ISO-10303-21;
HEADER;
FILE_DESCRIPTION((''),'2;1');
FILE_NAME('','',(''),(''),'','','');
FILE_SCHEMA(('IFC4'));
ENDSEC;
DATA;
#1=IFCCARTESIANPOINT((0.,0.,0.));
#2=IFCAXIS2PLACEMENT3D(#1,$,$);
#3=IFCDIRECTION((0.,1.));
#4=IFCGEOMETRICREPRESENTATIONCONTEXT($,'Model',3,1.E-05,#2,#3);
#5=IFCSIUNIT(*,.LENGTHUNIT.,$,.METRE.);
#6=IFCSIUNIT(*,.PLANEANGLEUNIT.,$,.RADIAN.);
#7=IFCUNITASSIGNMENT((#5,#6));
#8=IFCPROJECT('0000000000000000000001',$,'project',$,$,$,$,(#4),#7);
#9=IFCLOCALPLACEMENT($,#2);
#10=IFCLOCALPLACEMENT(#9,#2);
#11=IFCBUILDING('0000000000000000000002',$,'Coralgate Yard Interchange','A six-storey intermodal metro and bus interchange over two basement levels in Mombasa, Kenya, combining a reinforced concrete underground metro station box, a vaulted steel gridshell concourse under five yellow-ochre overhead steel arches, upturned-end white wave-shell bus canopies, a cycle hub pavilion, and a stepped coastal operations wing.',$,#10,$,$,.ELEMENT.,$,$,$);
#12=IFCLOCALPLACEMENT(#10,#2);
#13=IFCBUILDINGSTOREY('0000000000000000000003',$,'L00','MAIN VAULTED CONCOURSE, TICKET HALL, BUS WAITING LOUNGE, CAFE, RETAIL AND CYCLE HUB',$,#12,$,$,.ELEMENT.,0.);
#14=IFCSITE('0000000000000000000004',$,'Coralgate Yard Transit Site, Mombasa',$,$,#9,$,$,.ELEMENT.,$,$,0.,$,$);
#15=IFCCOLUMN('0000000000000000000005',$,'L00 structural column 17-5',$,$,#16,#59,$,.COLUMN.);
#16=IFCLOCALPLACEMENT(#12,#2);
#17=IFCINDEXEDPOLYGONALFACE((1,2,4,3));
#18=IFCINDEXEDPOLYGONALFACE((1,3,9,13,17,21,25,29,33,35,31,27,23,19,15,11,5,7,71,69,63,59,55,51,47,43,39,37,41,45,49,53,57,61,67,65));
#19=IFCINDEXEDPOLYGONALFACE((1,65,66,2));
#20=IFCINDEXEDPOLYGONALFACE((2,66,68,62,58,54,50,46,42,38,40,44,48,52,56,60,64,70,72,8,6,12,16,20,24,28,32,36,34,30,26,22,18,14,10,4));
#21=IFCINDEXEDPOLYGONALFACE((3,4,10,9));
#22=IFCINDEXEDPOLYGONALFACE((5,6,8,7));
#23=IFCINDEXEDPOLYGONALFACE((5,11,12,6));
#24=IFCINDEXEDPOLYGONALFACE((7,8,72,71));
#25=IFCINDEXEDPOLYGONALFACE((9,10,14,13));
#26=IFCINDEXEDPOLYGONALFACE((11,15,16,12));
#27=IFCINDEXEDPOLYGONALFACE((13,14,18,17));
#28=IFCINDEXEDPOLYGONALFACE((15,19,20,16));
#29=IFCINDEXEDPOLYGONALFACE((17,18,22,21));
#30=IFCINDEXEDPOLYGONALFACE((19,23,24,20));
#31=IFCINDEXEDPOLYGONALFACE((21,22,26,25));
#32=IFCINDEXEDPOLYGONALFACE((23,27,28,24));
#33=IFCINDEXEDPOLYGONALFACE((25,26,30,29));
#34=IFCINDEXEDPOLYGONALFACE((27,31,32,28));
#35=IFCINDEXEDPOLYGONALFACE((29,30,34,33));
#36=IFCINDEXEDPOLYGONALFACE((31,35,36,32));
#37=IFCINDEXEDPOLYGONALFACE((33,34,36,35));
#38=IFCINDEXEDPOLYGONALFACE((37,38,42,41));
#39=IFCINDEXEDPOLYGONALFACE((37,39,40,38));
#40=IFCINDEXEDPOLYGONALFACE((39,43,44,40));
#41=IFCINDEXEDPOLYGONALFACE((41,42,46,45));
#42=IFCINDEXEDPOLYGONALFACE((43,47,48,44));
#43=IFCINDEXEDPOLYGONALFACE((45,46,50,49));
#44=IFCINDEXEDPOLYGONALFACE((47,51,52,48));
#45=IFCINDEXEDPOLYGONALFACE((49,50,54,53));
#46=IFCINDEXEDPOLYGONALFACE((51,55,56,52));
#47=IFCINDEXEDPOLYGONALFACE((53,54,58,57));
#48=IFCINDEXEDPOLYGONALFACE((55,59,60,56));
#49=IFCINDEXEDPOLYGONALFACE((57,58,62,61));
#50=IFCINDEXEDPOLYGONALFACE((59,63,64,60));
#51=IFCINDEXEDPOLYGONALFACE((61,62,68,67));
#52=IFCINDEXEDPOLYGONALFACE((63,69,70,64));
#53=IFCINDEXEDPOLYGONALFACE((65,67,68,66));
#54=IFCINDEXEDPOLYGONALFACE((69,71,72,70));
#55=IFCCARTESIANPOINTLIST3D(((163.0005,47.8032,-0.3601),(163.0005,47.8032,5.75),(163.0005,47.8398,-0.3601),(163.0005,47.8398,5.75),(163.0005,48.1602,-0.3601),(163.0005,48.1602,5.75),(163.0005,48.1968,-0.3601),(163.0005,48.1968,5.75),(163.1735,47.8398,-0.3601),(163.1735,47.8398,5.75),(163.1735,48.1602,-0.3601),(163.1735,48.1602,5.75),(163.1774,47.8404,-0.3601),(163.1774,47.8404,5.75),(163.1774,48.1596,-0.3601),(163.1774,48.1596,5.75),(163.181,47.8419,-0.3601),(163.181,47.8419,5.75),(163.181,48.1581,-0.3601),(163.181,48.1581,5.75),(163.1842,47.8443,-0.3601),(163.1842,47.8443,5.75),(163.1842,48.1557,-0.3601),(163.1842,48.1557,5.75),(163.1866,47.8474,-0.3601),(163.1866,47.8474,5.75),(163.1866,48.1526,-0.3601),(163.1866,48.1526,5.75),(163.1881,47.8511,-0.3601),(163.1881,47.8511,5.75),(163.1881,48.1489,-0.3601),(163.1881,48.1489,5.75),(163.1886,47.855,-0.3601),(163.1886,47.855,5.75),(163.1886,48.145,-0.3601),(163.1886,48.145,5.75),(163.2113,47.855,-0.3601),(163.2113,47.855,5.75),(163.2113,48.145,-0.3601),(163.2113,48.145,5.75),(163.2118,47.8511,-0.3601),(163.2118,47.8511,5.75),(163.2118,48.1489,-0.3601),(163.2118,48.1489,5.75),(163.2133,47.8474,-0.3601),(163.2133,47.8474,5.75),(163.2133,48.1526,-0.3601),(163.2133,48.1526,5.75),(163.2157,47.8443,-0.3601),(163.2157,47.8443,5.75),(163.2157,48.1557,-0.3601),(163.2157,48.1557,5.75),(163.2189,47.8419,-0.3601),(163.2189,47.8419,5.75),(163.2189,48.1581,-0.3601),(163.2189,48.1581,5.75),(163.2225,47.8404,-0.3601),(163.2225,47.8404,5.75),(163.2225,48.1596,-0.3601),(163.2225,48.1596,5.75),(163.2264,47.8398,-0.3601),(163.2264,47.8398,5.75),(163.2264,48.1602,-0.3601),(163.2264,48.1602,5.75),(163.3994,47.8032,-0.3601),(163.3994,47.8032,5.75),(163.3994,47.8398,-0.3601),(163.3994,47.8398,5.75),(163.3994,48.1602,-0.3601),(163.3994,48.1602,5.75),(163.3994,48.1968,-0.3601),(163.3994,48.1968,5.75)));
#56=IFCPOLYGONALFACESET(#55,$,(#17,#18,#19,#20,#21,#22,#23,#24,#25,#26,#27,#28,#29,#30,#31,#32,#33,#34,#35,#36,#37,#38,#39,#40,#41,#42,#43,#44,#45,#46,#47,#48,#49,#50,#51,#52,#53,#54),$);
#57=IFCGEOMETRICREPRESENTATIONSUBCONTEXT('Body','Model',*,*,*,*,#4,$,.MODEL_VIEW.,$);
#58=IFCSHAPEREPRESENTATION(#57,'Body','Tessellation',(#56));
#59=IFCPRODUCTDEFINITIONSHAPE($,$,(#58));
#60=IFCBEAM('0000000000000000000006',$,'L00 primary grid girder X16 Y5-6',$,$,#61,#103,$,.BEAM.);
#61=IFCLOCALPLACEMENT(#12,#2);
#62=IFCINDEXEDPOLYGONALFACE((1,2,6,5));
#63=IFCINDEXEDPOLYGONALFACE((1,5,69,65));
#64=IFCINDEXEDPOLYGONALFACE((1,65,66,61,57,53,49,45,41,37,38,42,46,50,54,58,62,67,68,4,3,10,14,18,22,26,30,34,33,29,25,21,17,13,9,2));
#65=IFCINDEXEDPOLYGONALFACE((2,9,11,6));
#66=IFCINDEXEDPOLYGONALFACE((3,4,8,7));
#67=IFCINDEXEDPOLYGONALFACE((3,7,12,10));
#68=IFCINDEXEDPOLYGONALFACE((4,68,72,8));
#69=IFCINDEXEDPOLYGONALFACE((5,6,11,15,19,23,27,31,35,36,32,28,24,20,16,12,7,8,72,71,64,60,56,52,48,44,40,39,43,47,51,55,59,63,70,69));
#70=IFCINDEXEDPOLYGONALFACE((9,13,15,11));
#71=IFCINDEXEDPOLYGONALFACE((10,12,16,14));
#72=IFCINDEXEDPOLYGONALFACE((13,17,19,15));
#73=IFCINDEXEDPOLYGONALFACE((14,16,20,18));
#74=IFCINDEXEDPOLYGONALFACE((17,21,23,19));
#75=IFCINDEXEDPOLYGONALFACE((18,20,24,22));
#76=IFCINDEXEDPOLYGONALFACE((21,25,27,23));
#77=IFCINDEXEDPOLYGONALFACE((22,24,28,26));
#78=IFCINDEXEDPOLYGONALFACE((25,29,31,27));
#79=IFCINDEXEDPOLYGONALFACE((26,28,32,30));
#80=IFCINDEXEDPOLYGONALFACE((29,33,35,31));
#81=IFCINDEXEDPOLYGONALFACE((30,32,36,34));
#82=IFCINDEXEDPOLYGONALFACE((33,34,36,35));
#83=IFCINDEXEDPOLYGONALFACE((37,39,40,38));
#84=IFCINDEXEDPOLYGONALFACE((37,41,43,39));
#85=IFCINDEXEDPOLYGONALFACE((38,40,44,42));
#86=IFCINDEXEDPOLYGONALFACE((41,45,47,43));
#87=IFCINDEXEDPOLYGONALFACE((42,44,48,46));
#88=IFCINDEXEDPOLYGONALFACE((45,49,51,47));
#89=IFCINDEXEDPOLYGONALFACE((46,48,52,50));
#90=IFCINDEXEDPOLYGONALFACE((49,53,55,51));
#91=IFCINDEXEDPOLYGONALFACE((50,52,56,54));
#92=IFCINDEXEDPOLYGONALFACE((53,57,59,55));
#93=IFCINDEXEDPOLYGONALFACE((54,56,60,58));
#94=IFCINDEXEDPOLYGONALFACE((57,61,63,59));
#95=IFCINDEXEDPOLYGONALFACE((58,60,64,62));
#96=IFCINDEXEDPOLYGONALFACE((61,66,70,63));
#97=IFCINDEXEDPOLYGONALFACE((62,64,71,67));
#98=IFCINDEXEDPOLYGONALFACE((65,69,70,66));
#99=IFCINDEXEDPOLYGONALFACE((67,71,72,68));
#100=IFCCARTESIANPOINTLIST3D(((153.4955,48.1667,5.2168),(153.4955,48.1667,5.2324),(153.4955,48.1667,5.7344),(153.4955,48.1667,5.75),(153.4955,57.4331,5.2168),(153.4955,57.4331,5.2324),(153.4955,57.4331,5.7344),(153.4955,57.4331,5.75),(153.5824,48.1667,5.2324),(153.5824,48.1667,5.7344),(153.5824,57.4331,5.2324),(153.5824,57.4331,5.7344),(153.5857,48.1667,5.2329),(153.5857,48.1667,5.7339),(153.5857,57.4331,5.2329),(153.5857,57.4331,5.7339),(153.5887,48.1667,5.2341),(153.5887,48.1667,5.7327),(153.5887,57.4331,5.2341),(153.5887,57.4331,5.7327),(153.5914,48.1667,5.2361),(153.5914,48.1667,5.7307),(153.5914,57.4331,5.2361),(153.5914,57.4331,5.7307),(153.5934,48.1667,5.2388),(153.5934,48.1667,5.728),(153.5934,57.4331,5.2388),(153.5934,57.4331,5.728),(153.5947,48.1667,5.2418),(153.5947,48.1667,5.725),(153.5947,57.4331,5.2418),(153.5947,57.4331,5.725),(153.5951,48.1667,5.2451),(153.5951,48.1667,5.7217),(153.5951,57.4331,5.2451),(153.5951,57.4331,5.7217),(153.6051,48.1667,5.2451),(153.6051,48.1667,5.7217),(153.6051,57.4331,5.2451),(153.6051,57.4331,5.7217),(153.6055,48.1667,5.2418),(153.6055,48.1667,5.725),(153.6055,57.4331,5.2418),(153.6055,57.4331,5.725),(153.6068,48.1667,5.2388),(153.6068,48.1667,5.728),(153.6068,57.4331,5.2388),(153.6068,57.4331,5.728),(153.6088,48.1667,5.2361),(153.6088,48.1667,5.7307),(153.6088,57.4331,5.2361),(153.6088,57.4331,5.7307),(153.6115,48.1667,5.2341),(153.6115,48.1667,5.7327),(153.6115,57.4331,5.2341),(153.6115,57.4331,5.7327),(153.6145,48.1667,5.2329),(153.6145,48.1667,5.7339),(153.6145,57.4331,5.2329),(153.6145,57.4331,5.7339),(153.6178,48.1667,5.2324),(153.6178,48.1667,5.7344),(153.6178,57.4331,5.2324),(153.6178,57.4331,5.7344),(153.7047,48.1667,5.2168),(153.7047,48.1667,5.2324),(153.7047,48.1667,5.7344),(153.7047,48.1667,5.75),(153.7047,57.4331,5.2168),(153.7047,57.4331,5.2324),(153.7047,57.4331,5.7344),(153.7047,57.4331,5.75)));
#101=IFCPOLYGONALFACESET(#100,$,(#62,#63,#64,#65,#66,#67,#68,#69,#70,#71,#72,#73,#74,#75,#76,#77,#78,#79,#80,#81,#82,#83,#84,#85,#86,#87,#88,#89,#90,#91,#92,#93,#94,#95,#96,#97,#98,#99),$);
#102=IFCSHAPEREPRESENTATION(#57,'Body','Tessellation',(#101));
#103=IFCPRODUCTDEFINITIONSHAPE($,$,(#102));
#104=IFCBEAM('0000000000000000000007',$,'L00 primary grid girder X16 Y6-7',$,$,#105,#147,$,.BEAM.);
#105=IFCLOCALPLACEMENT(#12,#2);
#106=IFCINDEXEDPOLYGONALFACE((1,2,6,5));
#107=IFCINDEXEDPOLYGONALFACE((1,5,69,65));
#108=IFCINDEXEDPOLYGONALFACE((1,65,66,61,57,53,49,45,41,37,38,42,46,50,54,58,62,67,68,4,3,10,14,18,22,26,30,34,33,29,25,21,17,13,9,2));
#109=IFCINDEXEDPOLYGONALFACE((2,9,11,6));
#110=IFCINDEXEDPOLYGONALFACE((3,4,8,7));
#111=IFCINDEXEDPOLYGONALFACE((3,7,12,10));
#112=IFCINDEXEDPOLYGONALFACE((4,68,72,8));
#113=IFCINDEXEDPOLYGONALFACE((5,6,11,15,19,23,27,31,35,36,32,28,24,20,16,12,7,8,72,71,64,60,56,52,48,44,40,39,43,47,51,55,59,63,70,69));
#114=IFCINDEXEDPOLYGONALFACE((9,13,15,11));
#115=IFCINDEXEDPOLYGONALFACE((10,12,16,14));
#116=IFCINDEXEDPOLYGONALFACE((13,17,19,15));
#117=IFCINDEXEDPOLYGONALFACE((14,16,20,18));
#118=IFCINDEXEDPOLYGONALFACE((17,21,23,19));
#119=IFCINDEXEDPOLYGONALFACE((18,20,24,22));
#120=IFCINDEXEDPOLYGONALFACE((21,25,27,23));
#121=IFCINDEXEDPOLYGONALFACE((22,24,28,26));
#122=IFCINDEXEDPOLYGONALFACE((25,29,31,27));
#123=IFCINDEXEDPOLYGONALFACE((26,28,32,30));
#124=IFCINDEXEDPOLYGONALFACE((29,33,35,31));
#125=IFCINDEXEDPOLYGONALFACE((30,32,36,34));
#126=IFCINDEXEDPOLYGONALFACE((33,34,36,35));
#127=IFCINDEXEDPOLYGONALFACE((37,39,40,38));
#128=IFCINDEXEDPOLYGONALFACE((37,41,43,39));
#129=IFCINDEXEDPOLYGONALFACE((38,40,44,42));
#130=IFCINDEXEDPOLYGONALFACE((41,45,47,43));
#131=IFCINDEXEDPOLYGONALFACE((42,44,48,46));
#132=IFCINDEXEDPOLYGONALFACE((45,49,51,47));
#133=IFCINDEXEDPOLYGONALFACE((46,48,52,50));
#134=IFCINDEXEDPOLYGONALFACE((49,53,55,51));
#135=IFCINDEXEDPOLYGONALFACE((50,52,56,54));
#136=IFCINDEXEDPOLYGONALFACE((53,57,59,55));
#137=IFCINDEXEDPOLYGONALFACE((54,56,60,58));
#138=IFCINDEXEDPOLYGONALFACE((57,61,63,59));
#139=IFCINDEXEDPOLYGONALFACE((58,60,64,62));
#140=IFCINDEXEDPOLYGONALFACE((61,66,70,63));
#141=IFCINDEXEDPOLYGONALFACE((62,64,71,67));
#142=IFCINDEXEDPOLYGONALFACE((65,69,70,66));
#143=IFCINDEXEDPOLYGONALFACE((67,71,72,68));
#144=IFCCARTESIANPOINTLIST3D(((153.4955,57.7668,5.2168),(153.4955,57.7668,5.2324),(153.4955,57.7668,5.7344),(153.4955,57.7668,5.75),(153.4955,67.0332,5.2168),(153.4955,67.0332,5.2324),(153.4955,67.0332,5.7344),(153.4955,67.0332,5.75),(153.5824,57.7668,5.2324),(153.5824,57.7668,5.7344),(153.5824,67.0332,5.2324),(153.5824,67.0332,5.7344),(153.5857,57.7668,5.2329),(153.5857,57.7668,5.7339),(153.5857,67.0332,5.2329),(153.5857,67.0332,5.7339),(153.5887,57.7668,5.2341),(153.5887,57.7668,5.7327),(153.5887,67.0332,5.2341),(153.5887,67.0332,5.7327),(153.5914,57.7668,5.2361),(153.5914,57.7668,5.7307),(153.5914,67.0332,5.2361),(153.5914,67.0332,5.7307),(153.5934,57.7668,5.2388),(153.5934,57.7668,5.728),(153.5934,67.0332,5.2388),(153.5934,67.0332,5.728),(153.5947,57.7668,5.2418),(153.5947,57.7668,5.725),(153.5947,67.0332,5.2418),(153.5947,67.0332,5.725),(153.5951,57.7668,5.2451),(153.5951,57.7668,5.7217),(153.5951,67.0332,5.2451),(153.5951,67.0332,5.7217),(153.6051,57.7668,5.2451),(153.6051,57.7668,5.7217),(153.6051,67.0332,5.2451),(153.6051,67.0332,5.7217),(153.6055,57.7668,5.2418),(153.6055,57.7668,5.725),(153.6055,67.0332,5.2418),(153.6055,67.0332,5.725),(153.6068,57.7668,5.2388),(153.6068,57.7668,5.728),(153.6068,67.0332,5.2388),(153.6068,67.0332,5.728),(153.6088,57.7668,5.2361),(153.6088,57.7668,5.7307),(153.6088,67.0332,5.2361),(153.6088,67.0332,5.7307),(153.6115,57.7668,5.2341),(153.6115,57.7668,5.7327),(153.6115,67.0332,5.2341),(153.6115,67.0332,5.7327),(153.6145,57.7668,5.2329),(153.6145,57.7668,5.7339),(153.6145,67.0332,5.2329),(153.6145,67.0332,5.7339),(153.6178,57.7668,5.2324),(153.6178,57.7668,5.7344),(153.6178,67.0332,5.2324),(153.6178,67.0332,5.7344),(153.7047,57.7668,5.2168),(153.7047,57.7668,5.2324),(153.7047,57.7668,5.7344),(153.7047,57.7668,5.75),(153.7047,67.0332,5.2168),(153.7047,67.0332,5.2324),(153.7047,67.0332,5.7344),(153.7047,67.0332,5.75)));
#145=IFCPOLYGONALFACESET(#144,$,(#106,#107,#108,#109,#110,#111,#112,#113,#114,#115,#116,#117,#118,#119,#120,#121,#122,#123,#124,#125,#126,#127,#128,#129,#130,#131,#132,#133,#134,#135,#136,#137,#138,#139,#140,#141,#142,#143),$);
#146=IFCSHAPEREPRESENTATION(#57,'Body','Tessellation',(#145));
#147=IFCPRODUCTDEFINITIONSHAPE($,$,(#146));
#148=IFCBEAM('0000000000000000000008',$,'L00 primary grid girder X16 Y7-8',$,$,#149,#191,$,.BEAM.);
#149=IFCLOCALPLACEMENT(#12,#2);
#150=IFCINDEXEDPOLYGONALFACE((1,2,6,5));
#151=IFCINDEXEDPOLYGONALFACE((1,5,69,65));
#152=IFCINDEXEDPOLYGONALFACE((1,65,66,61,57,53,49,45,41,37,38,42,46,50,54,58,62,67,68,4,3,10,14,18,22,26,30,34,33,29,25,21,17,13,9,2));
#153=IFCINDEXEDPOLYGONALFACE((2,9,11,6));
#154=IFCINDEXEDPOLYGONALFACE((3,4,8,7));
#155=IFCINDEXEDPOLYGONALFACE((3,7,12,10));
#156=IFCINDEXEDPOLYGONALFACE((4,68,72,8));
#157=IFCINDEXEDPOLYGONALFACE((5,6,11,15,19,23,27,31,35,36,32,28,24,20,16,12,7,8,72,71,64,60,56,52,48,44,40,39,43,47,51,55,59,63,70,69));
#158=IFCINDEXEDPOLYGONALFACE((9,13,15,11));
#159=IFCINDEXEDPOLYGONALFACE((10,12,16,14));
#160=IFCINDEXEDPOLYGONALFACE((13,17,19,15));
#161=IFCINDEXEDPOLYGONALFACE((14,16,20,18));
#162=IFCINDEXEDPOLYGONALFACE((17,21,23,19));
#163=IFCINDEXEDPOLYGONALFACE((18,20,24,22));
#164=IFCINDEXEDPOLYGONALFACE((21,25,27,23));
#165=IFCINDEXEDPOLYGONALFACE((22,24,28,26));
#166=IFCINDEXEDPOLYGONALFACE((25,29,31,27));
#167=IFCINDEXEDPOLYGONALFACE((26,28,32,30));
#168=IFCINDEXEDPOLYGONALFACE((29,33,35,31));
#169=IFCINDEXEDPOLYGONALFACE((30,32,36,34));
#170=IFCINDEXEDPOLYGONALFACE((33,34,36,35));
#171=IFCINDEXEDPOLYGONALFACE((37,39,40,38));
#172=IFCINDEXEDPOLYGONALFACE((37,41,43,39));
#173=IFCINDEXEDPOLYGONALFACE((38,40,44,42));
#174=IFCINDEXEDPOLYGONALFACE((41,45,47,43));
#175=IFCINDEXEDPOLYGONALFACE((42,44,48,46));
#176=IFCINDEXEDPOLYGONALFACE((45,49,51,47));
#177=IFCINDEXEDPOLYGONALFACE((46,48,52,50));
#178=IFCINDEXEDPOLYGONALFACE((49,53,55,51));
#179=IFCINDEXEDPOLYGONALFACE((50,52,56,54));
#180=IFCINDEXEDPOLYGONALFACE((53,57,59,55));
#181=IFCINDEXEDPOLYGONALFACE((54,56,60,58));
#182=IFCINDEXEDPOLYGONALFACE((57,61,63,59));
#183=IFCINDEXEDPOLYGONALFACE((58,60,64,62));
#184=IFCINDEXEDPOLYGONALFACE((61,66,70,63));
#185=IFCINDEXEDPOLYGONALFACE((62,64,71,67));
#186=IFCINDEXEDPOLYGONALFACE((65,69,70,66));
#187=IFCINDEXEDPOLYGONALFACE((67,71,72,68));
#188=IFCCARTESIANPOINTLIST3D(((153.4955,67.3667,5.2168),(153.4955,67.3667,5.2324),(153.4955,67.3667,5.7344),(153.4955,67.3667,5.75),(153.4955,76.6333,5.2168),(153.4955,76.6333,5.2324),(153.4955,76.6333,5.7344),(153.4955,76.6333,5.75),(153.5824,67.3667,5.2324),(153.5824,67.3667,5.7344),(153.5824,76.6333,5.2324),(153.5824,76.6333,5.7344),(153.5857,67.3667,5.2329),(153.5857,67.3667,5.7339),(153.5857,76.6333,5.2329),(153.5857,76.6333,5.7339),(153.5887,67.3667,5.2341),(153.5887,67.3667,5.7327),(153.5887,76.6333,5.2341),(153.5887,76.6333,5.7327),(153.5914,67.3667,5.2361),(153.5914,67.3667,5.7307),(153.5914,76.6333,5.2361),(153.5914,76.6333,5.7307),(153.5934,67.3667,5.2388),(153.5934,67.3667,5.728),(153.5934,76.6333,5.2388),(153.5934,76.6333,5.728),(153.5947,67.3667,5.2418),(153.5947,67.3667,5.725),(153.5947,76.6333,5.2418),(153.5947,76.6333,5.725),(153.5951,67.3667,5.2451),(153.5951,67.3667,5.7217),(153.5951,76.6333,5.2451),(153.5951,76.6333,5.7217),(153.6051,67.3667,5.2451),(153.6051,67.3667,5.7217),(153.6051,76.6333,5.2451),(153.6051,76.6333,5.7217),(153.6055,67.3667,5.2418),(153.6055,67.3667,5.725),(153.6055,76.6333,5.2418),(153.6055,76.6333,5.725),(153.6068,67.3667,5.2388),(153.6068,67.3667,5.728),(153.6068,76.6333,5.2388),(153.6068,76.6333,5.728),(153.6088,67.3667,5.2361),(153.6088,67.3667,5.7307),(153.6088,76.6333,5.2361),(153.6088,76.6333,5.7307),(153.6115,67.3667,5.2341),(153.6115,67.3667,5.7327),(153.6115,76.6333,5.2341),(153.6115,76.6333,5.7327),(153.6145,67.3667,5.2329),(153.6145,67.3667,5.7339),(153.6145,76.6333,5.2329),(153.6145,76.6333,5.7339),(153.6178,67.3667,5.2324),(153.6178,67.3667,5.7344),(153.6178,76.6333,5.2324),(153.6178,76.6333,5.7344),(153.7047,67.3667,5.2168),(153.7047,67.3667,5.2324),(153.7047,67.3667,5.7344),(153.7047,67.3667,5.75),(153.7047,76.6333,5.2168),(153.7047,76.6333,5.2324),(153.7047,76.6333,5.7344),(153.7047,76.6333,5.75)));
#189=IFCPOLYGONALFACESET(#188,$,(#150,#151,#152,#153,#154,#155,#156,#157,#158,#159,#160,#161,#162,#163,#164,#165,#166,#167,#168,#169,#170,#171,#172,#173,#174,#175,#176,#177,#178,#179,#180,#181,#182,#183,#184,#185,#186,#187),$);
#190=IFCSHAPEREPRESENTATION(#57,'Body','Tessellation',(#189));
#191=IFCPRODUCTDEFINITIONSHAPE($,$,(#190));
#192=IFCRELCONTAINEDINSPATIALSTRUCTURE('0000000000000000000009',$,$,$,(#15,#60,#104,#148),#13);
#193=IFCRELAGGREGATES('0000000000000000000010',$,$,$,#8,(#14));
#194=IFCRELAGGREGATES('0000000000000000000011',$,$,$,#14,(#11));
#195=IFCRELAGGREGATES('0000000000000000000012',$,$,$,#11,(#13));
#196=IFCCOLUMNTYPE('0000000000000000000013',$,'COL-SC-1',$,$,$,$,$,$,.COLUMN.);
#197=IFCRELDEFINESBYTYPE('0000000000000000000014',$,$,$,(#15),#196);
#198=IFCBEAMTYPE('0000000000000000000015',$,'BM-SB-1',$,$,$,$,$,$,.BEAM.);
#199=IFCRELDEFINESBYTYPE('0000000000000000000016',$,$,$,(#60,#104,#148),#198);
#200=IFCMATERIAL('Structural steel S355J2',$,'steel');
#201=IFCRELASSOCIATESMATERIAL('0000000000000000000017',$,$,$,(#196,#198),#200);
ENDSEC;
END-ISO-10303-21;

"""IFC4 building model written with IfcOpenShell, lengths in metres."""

from ifc_helpers import new_model, si_unit, direction, frame, origin, origin_2d, place, context, subcontext, project, spatial, i_section, extrude, material, material_profile, profile_set, type_object, element, save


model = new_model("IFC4")

# Units and contexts
model_context = context("Model", 3, precision=1e-05, world=origin(), true_north=direction((0.0, 1.0)))
body_context = subcontext(model_context, "Body", "Model", "MODEL_VIEW")
ifc_project = project(units=[si_unit("LENGTHUNIT", "METRE"), si_unit("PLANEANGLEUNIT", "RADIAN")], contexts=[model_context])

# Site, building, storey
site_placement = place(None, origin())
site = spatial("IfcSite", under=ifc_project, at=site_placement, Name="Coralgate Yard Transit Site, Mombasa", CompositionType="ELEMENT", RefElevation=0.0)
building_placement = place(site_placement, origin())
building = spatial("IfcBuilding", under=site, at=building_placement, Name="Coralgate Yard Interchange", Description="A six-storey intermodal metro and bus interchange over two basement levels in Mombasa, Kenya, combining a reinforced concrete underground metro station box, a vaulted steel gridshell concourse under five yellow-ochre overhead steel arches, upturned-end white wave-shell bus canopies, a cycle hub pavilion, and a stepped coastal operations wing.", CompositionType="ELEMENT")
storey_placement = place(building_placement, origin())
storey = spatial("IfcBuildingStorey", under=building, at=storey_placement, Name="L00", Description="MAIN VAULTED CONCOURSE, TICKET HALL, BUS WAITING LOUNGE, CAFE, RETAIL AND CYCLE HUB", CompositionType="ELEMENT", Elevation=0.0)

# Column
ifc_material_1 = material(Name="Structural steel S355J2", Category="steel")
ifc_material_profile_1 = material_profile(ifc_material_1, i_section(OverallWidth=0.3989, OverallDepth=0.3936, WebThickness=0.0227, FlangeThickness=0.0366, FilletRadius=0.0151, at=origin_2d()), Name="UC 356x406x287")
ifc_profile_set_1 = profile_set([ifc_material_profile_1], Name="Structural steel S355J2")
column_type = type_object("IfcColumnType", Name="COL-SC-1", PredefinedType="COLUMN", material=ifc_profile_set_1)
column_placement = place(storey_placement, frame((163.2, 48.0, -0.3601), z_axis=(0.0, 0.0, 1.0), x_axis=(1.0, 0.0, 0.0)))
element("IfcColumn", 1, at=column_placement, inside=storey, type_object=column_type, Name="L00 structural column 17-5", PredefinedType="COLUMN", context=body_context, shape_type="SweptSolid", body=[
    extrude(i_section(OverallWidth=0.3989, OverallDepth=0.3936, WebThickness=0.0227, FlangeThickness=0.0366, FilletRadius=0.0151, at=origin_2d()), origin(), (0.0, 0.0, 1.0), 6.1101),
])

# Beams
ifc_material_profile_2 = material_profile(ifc_material_1, i_section(OverallWidth=0.2092, OverallDepth=0.5332, WebThickness=0.01, FlangeThickness=0.0156, FilletRadius=0.0127, at=origin_2d()), Name="UB 533x210x92")
ifc_profile_set_2 = profile_set([ifc_material_profile_2], Name="Structural steel S355J2")
beam_type_1 = type_object("IfcBeamType", Name="BM-SB-1", PredefinedType="BEAM", material=ifc_profile_set_2)
for number, where, z_axis, x_axis, name in (
    (2, (153.6001, 48.1667, 5.4834), (0.0, 1.0, 0.0), (-1.0, 0.0, 0.0), "L00 primary grid girder X16 Y5-6"),
    (3, (153.6001, 57.7668, 5.4834), (0.0, 1.0, 0.0), (-1.0, 0.0, 0.0), "L00 primary grid girder X16 Y6-7"),
):
    element("IfcBeam", number, at=place(storey_placement, frame(where, z_axis=z_axis, x_axis=x_axis)), inside=storey, type_object=beam_type_1, Name=name, PredefinedType="BEAM", context=body_context, shape_type="SweptSolid", body=[
        extrude(i_section(OverallWidth=0.2092, OverallDepth=0.5332, WebThickness=0.01, FlangeThickness=0.0156, FilletRadius=0.0127, at=origin_2d()), origin(), (0.0, 0.0, 1.0), 9.2664),
    ])
beam_1_placement = place(storey_placement, frame((153.6001, 67.3667, 5.4834), z_axis=(0.0, 1.0, 0.0), x_axis=(-1.0, 0.0, 0.0)))
element("IfcBeam", 4, at=beam_1_placement, inside=storey, type_object=beam_type_1, Name="L00 primary grid girder X16 Y7-8", PredefinedType="BEAM", context=body_context, shape_type="SweptSolid", body=[
    extrude(i_section(OverallWidth=0.2092, OverallDepth=0.5332, WebThickness=0.01, FlangeThickness=0.0156, FilletRadius=0.0127, at=origin_2d()), origin(), (0.0, 0.0, 1.0), 9.2666),
])

save(model, "model.ifc")
